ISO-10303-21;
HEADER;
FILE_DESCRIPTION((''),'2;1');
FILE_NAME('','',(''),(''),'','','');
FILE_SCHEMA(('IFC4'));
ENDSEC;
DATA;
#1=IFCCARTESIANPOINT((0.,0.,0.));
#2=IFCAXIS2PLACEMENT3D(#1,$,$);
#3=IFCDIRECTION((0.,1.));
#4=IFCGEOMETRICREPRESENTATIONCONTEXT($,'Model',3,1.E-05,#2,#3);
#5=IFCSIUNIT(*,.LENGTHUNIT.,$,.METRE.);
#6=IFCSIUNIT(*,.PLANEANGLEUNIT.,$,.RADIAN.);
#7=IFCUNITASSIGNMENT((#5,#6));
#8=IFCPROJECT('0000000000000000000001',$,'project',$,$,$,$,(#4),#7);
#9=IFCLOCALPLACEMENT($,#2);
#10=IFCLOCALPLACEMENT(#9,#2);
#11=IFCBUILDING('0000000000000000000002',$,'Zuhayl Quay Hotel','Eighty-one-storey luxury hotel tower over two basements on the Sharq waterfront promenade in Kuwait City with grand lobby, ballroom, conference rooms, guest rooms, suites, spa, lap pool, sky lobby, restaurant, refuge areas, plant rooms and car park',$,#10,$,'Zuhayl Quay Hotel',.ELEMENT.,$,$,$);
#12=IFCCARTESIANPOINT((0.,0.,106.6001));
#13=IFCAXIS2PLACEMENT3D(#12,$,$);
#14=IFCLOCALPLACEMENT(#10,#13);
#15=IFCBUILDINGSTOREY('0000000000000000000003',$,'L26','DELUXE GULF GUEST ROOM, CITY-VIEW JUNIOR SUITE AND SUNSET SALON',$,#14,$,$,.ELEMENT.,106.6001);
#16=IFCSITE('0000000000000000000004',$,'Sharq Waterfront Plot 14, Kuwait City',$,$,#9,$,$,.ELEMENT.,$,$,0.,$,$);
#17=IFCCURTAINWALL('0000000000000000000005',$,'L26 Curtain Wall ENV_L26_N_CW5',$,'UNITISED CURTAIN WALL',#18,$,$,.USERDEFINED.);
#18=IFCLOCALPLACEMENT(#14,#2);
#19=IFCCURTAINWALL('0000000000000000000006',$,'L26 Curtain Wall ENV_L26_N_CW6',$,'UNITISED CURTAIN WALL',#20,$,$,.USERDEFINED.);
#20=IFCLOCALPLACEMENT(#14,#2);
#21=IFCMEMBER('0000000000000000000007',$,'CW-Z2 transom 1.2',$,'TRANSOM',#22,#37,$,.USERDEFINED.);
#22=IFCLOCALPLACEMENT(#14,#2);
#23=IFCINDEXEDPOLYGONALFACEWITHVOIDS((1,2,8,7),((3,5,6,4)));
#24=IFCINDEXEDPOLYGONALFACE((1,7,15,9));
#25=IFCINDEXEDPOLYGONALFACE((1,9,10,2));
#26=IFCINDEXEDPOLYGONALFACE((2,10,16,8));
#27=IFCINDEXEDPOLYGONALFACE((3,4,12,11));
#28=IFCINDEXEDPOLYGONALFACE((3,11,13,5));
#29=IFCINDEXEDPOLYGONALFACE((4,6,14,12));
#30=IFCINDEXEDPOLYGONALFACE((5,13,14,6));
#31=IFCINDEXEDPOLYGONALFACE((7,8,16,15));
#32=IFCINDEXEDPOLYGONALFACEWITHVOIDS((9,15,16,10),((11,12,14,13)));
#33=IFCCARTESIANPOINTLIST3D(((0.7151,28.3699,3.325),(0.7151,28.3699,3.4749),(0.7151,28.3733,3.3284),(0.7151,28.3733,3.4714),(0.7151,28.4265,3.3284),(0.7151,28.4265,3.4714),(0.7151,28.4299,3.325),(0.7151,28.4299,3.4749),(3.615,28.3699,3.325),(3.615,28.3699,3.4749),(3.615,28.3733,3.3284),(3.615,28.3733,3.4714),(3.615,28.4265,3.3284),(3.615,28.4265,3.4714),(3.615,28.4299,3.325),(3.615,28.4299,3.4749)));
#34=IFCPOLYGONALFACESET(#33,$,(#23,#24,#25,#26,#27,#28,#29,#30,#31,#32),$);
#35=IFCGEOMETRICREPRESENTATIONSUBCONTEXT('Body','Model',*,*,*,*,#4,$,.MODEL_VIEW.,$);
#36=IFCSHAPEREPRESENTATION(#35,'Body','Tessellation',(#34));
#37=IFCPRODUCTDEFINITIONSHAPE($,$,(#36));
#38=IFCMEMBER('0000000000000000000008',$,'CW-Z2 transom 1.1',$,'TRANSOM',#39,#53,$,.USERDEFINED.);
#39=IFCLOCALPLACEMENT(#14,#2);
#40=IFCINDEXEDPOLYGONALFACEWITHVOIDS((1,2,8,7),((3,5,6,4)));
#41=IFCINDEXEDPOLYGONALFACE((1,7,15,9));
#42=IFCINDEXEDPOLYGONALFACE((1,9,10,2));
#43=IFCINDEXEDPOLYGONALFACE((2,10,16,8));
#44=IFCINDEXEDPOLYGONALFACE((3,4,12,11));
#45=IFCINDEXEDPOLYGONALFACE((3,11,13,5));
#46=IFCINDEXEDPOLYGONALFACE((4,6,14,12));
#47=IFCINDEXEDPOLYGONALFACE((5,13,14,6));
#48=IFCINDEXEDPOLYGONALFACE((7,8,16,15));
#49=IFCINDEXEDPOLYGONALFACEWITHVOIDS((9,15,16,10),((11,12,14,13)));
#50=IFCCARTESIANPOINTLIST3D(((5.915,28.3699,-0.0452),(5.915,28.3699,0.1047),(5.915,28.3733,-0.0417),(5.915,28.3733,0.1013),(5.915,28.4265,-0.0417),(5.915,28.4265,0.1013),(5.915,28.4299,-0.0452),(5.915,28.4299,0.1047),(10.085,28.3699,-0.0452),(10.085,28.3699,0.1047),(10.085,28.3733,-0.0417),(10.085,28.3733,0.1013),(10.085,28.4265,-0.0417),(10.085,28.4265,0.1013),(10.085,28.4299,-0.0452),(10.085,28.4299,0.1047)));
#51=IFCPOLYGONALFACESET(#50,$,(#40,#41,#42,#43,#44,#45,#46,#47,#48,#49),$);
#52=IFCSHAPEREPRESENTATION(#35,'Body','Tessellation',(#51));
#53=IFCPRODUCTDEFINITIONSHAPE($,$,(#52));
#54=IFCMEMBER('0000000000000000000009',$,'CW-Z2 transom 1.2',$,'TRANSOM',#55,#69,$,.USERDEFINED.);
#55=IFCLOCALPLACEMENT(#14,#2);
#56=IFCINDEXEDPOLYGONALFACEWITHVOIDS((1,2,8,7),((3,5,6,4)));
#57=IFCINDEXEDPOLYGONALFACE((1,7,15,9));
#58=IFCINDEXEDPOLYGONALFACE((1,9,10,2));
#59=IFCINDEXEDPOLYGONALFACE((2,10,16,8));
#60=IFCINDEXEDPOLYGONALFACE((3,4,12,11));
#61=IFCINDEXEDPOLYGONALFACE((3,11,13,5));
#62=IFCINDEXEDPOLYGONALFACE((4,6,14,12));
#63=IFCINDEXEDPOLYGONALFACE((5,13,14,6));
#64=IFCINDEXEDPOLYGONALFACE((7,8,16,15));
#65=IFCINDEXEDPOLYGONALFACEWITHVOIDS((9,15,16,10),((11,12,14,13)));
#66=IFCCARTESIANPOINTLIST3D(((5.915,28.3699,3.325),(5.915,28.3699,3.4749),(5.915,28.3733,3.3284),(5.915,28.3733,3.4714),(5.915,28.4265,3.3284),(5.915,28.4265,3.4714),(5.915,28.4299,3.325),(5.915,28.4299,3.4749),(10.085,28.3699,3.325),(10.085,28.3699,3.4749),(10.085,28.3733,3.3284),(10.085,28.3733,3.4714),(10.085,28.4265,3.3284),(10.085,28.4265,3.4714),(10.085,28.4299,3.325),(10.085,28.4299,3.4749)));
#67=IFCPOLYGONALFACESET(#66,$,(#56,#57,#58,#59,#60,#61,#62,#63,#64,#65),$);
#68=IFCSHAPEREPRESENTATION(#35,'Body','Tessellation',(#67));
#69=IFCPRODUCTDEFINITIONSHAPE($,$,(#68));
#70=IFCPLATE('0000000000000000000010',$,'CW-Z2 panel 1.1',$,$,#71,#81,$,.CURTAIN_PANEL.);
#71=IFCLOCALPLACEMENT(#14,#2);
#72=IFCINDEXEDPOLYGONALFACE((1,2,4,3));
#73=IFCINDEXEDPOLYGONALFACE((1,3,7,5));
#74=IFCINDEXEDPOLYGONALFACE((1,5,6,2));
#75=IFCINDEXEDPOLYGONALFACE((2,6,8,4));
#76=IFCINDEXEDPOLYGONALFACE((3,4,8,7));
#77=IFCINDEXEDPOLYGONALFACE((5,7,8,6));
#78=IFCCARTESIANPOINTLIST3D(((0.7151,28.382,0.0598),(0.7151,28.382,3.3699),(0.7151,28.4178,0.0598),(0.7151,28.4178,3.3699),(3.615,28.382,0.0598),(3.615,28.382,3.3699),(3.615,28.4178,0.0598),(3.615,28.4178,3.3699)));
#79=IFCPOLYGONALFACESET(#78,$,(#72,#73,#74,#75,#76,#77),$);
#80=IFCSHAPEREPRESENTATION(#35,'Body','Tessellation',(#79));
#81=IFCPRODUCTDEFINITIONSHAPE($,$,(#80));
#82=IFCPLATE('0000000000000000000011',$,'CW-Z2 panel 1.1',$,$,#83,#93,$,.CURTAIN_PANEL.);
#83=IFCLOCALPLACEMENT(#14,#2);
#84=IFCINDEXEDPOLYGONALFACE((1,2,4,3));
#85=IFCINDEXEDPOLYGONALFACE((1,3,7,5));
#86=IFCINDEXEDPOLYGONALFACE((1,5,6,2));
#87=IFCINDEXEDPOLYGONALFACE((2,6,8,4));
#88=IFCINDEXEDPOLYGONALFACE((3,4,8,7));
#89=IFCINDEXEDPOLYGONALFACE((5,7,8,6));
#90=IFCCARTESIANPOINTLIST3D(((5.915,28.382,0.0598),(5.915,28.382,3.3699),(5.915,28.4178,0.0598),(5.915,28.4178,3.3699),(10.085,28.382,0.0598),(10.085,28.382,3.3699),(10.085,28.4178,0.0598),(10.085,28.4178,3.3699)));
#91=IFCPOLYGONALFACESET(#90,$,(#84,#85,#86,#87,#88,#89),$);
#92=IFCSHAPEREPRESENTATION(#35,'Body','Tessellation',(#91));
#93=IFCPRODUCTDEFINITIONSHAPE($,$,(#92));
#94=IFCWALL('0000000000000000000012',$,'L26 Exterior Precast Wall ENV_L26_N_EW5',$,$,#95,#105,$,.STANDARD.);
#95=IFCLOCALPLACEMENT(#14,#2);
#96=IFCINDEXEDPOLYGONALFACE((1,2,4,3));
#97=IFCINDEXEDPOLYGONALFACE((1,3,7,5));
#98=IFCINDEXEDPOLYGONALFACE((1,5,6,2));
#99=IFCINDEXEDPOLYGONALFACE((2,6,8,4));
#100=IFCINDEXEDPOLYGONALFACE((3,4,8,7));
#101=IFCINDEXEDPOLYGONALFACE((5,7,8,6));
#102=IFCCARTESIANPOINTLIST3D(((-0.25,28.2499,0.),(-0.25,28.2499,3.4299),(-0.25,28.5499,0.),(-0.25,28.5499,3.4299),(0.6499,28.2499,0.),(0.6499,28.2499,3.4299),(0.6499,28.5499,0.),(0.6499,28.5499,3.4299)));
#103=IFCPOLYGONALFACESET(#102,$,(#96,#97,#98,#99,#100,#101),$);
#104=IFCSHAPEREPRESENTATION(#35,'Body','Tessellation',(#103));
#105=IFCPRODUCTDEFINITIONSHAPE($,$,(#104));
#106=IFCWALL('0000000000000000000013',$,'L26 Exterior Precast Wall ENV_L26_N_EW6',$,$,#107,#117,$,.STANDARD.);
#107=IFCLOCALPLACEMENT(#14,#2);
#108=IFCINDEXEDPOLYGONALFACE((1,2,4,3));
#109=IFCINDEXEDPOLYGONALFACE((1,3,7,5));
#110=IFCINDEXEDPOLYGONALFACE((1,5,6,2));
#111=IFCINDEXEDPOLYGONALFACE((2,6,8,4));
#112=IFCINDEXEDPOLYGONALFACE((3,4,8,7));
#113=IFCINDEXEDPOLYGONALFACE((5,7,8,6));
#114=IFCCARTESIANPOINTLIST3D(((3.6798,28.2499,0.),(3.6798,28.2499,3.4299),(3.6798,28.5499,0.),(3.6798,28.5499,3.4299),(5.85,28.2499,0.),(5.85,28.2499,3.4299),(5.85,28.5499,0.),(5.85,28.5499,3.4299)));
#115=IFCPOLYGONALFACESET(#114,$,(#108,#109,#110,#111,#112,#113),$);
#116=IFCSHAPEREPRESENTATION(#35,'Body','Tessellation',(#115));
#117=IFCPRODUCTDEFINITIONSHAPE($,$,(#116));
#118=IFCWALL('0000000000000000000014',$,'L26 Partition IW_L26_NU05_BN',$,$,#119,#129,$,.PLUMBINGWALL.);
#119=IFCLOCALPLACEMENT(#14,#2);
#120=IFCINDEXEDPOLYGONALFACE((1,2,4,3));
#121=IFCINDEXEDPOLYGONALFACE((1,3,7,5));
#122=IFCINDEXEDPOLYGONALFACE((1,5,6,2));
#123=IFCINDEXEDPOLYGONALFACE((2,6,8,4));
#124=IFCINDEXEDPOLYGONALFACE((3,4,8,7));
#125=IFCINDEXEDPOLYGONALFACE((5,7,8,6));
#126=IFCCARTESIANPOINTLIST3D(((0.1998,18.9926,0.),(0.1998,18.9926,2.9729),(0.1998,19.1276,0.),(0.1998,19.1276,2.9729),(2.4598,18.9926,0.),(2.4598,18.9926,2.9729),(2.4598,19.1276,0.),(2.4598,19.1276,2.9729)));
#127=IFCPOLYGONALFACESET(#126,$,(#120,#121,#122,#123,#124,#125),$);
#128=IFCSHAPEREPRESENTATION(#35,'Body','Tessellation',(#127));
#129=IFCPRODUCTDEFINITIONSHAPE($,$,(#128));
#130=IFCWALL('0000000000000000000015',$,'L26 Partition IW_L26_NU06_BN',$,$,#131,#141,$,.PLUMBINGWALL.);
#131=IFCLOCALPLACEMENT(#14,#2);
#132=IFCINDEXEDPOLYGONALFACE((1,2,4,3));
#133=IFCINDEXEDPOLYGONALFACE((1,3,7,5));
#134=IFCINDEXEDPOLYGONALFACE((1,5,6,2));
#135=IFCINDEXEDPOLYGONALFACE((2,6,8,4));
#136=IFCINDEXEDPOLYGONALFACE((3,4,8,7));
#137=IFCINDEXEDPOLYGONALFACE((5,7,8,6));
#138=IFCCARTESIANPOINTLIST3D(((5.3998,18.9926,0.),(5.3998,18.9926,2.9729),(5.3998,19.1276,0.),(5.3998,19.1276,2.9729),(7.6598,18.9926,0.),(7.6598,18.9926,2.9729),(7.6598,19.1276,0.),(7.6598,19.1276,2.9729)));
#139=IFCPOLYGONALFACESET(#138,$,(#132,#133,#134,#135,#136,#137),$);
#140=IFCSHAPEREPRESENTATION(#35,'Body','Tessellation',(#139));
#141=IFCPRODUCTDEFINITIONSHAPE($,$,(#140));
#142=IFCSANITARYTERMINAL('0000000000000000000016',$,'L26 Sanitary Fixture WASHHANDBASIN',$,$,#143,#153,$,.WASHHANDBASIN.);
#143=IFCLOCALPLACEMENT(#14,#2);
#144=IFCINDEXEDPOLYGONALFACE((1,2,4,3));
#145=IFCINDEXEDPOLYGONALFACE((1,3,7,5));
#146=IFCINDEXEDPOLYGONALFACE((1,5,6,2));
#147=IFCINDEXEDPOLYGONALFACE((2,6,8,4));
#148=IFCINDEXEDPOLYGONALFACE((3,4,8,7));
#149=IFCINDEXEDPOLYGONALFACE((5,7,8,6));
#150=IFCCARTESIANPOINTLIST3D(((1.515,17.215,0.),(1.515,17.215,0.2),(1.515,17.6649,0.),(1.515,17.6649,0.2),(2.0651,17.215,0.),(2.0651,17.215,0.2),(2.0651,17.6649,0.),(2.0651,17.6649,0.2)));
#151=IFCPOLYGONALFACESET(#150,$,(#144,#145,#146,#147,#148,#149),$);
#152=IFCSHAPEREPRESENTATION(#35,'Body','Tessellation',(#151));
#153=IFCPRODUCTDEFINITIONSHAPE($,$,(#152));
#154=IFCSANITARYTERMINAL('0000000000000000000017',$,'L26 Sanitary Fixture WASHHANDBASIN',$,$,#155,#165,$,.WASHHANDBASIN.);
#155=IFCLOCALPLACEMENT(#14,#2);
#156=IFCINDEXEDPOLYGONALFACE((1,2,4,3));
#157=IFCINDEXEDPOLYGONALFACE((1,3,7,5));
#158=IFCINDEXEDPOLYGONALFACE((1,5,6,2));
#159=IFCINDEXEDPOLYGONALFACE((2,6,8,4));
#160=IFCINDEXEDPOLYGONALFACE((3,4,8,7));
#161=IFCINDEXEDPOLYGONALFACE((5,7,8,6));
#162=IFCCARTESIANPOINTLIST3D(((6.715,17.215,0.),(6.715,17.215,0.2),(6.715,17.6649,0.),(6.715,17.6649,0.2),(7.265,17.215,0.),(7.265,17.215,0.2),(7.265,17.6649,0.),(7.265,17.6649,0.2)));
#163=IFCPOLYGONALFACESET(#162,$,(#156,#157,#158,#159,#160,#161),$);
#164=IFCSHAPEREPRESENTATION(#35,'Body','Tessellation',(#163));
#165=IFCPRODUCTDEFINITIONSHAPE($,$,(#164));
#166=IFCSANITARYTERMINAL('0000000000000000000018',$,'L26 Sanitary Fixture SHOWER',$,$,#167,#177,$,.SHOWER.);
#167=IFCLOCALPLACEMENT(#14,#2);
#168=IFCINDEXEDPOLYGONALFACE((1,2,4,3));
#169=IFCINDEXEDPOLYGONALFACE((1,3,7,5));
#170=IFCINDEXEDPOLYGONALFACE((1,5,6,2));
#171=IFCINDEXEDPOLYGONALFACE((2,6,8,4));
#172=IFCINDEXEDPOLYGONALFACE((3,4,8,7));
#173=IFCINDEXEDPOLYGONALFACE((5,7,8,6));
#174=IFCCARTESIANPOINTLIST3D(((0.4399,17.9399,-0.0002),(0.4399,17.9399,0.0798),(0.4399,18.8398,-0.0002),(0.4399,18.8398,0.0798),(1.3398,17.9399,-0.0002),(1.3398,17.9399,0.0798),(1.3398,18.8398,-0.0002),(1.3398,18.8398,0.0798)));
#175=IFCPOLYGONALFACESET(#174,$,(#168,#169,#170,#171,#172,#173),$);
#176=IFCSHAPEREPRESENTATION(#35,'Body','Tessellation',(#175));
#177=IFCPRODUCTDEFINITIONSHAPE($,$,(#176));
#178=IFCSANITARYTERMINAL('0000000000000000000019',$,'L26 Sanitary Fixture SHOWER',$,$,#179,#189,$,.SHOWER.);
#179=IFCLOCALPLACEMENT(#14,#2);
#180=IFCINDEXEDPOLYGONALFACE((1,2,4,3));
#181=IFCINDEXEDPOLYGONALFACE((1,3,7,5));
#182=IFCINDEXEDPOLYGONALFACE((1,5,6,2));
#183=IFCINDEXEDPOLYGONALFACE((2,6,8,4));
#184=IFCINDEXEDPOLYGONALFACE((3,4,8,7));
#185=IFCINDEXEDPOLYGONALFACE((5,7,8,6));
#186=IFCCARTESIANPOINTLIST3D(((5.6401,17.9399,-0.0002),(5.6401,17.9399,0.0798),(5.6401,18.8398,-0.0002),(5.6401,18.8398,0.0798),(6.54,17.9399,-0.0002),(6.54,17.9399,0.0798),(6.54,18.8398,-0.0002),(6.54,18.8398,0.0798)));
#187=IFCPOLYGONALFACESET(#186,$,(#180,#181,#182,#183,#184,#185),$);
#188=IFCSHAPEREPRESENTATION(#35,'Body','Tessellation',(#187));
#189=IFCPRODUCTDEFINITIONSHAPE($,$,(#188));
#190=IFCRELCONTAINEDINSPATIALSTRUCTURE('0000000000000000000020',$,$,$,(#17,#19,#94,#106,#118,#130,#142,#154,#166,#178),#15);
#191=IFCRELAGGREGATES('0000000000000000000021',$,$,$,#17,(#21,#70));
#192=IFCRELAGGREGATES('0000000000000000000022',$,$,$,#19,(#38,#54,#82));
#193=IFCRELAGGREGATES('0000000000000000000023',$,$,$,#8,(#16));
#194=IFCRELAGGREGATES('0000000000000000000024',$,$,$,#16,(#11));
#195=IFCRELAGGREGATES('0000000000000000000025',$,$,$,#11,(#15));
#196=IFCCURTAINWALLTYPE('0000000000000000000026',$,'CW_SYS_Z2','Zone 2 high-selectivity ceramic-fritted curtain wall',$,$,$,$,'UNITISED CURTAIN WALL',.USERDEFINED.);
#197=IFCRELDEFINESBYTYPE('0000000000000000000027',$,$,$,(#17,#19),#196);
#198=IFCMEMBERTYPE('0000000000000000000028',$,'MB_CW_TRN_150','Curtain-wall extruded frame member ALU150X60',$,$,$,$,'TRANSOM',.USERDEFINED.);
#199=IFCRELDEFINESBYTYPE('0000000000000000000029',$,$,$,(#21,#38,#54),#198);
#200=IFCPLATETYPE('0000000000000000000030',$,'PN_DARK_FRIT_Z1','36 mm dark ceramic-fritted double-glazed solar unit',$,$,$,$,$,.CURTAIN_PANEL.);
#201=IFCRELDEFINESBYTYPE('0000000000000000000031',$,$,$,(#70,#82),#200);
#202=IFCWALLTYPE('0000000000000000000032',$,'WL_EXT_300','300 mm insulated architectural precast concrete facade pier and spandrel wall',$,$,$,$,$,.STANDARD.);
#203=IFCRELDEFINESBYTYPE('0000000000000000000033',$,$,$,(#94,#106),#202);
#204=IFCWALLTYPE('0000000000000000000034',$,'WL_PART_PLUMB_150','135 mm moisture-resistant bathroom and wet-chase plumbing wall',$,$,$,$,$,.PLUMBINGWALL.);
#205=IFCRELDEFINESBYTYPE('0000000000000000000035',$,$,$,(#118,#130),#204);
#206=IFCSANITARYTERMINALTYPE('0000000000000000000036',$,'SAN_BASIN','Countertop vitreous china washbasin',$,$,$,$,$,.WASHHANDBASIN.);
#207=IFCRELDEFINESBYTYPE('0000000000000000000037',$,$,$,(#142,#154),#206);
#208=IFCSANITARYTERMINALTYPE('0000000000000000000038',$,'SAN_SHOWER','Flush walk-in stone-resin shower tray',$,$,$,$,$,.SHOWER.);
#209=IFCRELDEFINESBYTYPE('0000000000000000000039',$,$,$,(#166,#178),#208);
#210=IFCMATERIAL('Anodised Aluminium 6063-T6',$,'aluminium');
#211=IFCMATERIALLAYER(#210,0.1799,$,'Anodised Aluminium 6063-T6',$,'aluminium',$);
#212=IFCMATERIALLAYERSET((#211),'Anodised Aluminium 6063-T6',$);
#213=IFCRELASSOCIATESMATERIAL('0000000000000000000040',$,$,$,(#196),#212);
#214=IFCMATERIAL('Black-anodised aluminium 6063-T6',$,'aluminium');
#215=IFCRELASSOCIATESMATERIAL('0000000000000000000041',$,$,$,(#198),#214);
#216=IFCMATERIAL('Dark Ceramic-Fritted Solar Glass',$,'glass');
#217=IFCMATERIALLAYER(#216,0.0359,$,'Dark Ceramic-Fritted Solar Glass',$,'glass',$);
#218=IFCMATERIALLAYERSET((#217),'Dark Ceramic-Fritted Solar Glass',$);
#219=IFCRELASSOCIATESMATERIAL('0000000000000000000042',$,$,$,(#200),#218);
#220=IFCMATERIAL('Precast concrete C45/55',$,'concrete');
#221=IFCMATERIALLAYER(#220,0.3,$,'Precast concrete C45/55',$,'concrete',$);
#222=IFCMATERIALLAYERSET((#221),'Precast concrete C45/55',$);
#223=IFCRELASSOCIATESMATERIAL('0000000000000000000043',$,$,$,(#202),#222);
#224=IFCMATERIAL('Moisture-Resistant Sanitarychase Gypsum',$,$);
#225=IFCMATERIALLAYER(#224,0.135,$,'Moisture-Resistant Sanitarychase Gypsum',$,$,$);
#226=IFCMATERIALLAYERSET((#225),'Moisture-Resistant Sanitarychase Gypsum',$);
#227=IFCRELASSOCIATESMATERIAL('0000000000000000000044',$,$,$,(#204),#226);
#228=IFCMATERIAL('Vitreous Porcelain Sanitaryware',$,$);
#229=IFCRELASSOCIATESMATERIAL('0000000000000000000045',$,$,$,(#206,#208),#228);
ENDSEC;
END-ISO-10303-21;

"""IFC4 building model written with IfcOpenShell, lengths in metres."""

from ifc_helpers import new_model, si_unit, direction, frame, frame_2d, origin, origin_2d, place, context, subcontext, project, spatial, rectangle, hollow_rectangle, extrude, material, layer, layer_set, material_profile, profile_set, type_object, element, aggregate, save


model = new_model("IFC4")

# Units and contexts
model_context = context("Model", 3, precision=1e-05, world=origin(), true_north=direction((0.0, 1.0)))
body_context = subcontext(model_context, "Body", "Model", "MODEL_VIEW")
ifc_project = project(units=[si_unit("LENGTHUNIT", "METRE"), si_unit("PLANEANGLEUNIT", "RADIAN")], contexts=[model_context])

# Site, building, storey
site_placement = place(None, origin())
site = spatial("IfcSite", under=ifc_project, at=site_placement, Name="Sharq Waterfront Plot 14, Kuwait City", CompositionType="ELEMENT", RefElevation=0.0)
building_placement = place(site_placement, origin())
building = spatial("IfcBuilding", under=site, at=building_placement, Name="Zuhayl Quay Hotel", Description="Eighty-one-storey luxury hotel tower over two basements on the Sharq waterfront promenade in Kuwait City with grand lobby, ballroom, conference rooms, guest rooms, suites, spa, lap pool, sky lobby, restaurant, refuge areas, plant rooms and car park", LongName="Zuhayl Quay Hotel", CompositionType="ELEMENT")
storey_placement = place(building_placement, frame((0.0, 0.0, 106.6001)))
storey = spatial("IfcBuildingStorey", under=building, at=storey_placement, Name="L26", Description="DELUXE GULF GUEST ROOM, CITY-VIEW JUNIOR SUITE AND SUNSET SALON", CompositionType="ELEMENT", Elevation=106.6001)

# Shared definitions
ifc_material_1 = material(Name="Anodised Aluminium 6063-T6", Category="aluminium")
ifc_layer_1 = layer(ifc_material_1, 0.1799, Name="Anodised Aluminium 6063-T6", Category="aluminium")
ifc_layer_set_1 = layer_set([ifc_layer_1], Name="Anodised Aluminium 6063-T6")
curtain_wall_type = type_object("IfcCurtainWallType", Name="CW_SYS_Z2", Description="Zone 2 high-selectivity ceramic-fritted curtain wall", ElementType="UNITISED CURTAIN WALL", PredefinedType="USERDEFINED", material=ifc_layer_set_1)
ifc_material_2 = material(Name="Black-anodised aluminium 6063-T6", Category="aluminium")

# Curtain wall
curtain_wall_1_placement = place(storey_placement, origin())
curtain_wall_1 = element("IfcCurtainWall", 1, at=curtain_wall_1_placement, inside=storey, type_object=curtain_wall_type, Name="L26 Curtain Wall ENV_L26_N_CW5", ObjectType="UNITISED CURTAIN WALL", PredefinedType="USERDEFINED")

# Curtain wall
curtain_wall_2_placement = place(storey_placement, origin())
curtain_wall_2 = element("IfcCurtainWall", 2, at=curtain_wall_2_placement, inside=storey, type_object=curtain_wall_type, Name="L26 Curtain Wall ENV_L26_N_CW6", ObjectType="UNITISED CURTAIN WALL", PredefinedType="USERDEFINED")

# Members
ifc_material_profile_1 = material_profile(ifc_material_2, hollow_rectangle(XDim=0.0601, YDim=0.1499, WallThickness=0.0034, at=origin_2d()), Name="ALU150X60")
ifc_profile_set_1 = profile_set([ifc_material_profile_1], Name="Black-anodised aluminium 6063-T6")
member_type_1 = type_object("IfcMemberType", Name="MB_CW_TRN_150", Description="Curtain-wall extruded frame member ALU150X60", ElementType="TRANSOM", PredefinedType="USERDEFINED", material=ifc_profile_set_1)
member_1_placement = place(storey_placement, frame((0.7151, 28.3999, 3.3999), z_axis=(1.0, 0.0, 0.0), x_axis=(0.0, 1.0, 0.0)))
member_1 = element("IfcMember", 3, at=member_1_placement, type_object=member_type_1, Name="CW-Z2 transom 1.2", ObjectType="TRANSOM", PredefinedType="USERDEFINED", context=body_context, shape_type="SweptSolid", body=[
    extrude(hollow_rectangle(XDim=0.0601, YDim=0.1499, WallThickness=0.0034, at=origin_2d()), origin(), (0.0, 0.0, 1.0), 2.8999),
])
member_2_placement = place(storey_placement, frame((5.915, 28.3999, 0.0298), z_axis=(1.0, 0.0, 0.0), x_axis=(0.0, 1.0, 0.0)))
member_2 = element("IfcMember", 4, at=member_2_placement, type_object=member_type_1, Name="CW-Z2 transom 1.1", ObjectType="TRANSOM", PredefinedType="USERDEFINED", context=body_context, shape_type="SweptSolid", body=[
    extrude(hollow_rectangle(XDim=0.0601, YDim=0.1499, WallThickness=0.0034, at=origin_2d()), origin(), (0.0, 0.0, 1.0), 4.1699),
])
member_3_placement = place(storey_placement, frame((5.915, 28.3999, 3.3999), z_axis=(1.0, 0.0, 0.0), x_axis=(0.0, 1.0, 0.0)))
member_3 = element("IfcMember", 5, at=member_3_placement, type_object=member_type_1, Name="CW-Z2 transom 1.2", ObjectType="TRANSOM", PredefinedType="USERDEFINED", context=body_context, shape_type="SweptSolid", body=[
    extrude(hollow_rectangle(XDim=0.0601, YDim=0.1499, WallThickness=0.0034, at=origin_2d()), origin(), (0.0, 0.0, 1.0), 4.1699),
])

# Plates
ifc_material_3 = material(Name="Dark Ceramic-Fritted Solar Glass", Category="glass")
ifc_layer_2 = layer(ifc_material_3, 0.0359, Name="Dark Ceramic-Fritted Solar Glass", Category="glass")
ifc_layer_set_2 = layer_set([ifc_layer_2], Name="Dark Ceramic-Fritted Solar Glass")
plate_type = type_object("IfcPlateType", Name="PN_DARK_FRIT_Z1", Description="36 mm dark ceramic-fritted double-glazed solar unit", PredefinedType="CURTAIN_PANEL", material=ifc_layer_set_2)
plate_1_placement = place(storey_placement, frame((2.165, 28.3999, 0.0598), z_axis=(0.0, 0.0, 1.0), x_axis=(1.0, 0.0, 0.0)))
plate_1 = element("IfcPlate", 6, at=plate_1_placement, type_object=plate_type, Name="CW-Z2 panel 1.1", PredefinedType="CURTAIN_PANEL", context=body_context, shape_type="SweptSolid", body=[
    extrude(rectangle(XDim=2.8999, YDim=0.0359, at=origin_2d()), origin(), (0.0, 0.0, 1.0), 3.3101),
])
aggregate(curtain_wall_1, [member_1, plate_1])
plate_2_placement = place(storey_placement, frame((8.0, 28.3999, 0.0598), z_axis=(0.0, 0.0, 1.0), x_axis=(1.0, 0.0, 0.0)))
plate_2 = element("IfcPlate", 7, at=plate_2_placement, type_object=plate_type, Name="CW-Z2 panel 1.1", PredefinedType="CURTAIN_PANEL", context=body_context, shape_type="SweptSolid", body=[
    extrude(rectangle(XDim=4.1699, YDim=0.0359, at=origin_2d()), origin(), (0.0, 0.0, 1.0), 3.3101),
])
aggregate(curtain_wall_2, [member_2, member_3, plate_2])

# Walls
ifc_material_4 = material(Name="Precast concrete C45/55", Category="concrete")
ifc_layer_3 = layer(ifc_material_4, 0.3, Name="Precast concrete C45/55", Category="concrete")
ifc_layer_set_3 = layer_set([ifc_layer_3], Name="Precast concrete C45/55")
wall_type_1 = type_object("IfcWallType", Name="WL_EXT_300", Description="300 mm insulated architectural precast concrete facade pier and spandrel wall", PredefinedType="STANDARD", material=ifc_layer_set_3)
wall_1_placement = place(storey_placement, frame((-0.25, 28.3999, 0.0), z_axis=(0.0, 0.0, 1.0), x_axis=(1.0, 0.0, 0.0)))
element("IfcWall", 8, at=wall_1_placement, inside=storey, type_object=wall_type_1, Name="L26 Exterior Precast Wall ENV_L26_N_EW5", PredefinedType="STANDARD", context=body_context, shape_type="SweptSolid", body=[
    extrude(rectangle(XDim=0.8999, YDim=0.3, at=frame_2d((0.45, 0.0))), origin(), (0.0, 0.0, 1.0), 3.4299),
])
wall_2_placement = place(storey_placement, frame((3.6799, 28.3999, 0.0), z_axis=(0.0, 0.0, 1.0), x_axis=(1.0, 0.0, 0.0)))
element("IfcWall", 9, at=wall_2_placement, inside=storey, type_object=wall_type_1, Name="L26 Exterior Precast Wall ENV_L26_N_EW6", PredefinedType="STANDARD", context=body_context, shape_type="SweptSolid", body=[
    extrude(rectangle(XDim=2.1702, YDim=0.3, at=frame_2d((1.085, 0.0))), origin(), (0.0, 0.0, 1.0), 3.4299),
])
ifc_material_5 = material(Name="Moisture-Resistant Sanitarychase Gypsum")
ifc_layer_4 = layer(ifc_material_5, 0.135, Name="Moisture-Resistant Sanitarychase Gypsum")
ifc_layer_set_4 = layer_set([ifc_layer_4], Name="Moisture-Resistant Sanitarychase Gypsum")
wall_type_2 = type_object("IfcWallType", Name="WL_PART_PLUMB_150", Description="135 mm moisture-resistant bathroom and wet-chase plumbing wall", PredefinedType="PLUMBINGWALL", material=ifc_layer_set_4)
for number, where, z_axis, x_axis, name in (
    (10, (0.2, 19.0601, 0.0), (0.0, 0.0, 1.0), (1.0, 0.0, 0.0), "L26 Partition IW_L26_NU05_BN"),
    (11, (5.3999, 19.0601, 0.0), (0.0, 0.0, 1.0), (1.0, 0.0, 0.0), "L26 Partition IW_L26_NU06_BN"),
):
    element("IfcWall", number, at=place(storey_placement, frame(where, z_axis=z_axis, x_axis=x_axis)), inside=storey, type_object=wall_type_2, Name=name, PredefinedType="PLUMBINGWALL", context=body_context, shape_type="SweptSolid", body=[
        extrude(rectangle(XDim=2.26, YDim=0.135, at=frame_2d((1.1299, 0.0))), origin(), (0.0, 0.0, 1.0), 2.9729),
    ])

# Sanitary terminals
ifc_material_6 = material(Name="Vitreous Porcelain Sanitaryware")
sanitary_terminal_type_1 = type_object("IfcSanitaryTerminalType", Name="SAN_BASIN", Description="Countertop vitreous china washbasin", PredefinedType="WASHHANDBASIN", material=ifc_material_6)
for number, where, z_axis, x_axis, name in (
    (12, (1.79, 17.4399, 0.0), (0.0, 0.0, 1.0), (1.0, 0.0, 0.0), "L26 Sanitary Fixture WASHHANDBASIN"),
    (13, (6.99, 17.4399, 0.0), (0.0, 0.0, 1.0), (1.0, 0.0, 0.0), "L26 Sanitary Fixture WASHHANDBASIN"),
):
    element("IfcSanitaryTerminal", number, at=place(storey_placement, frame(where, z_axis=z_axis, x_axis=x_axis)), inside=storey, type_object=sanitary_terminal_type_1, Name=name, PredefinedType="WASHHANDBASIN", context=body_context, shape_type="SweptSolid", body=[
        extrude(rectangle(XDim=0.55, YDim=0.45, at=origin_2d()), origin(), (0.0, 0.0, 1.0), 0.2),
    ])
sanitary_terminal_type_2 = type_object("IfcSanitaryTerminalType", Name="SAN_SHOWER", Description="Flush walk-in stone-resin shower tray", PredefinedType="SHOWER", material=ifc_material_6)
for number, where, z_axis, x_axis, name in (
    (14, (0.8899, 18.3899, -0.0002), (0.0, 0.0, 1.0), (1.0, 0.0, 0.0), "L26 Sanitary Fixture SHOWER"),
    (15, (6.0901, 18.3899, -0.0002), (0.0, 0.0, 1.0), (1.0, 0.0, 0.0), "L26 Sanitary Fixture SHOWER"),
):
    element("IfcSanitaryTerminal", number, at=place(storey_placement, frame(where, z_axis=z_axis, x_axis=x_axis)), inside=storey, type_object=sanitary_terminal_type_2, Name=name, PredefinedType="SHOWER", context=body_context, shape_type="SweptSolid", body=[
        extrude(rectangle(XDim=0.8999, YDim=0.8999, at=origin_2d()), origin(), (0.0, 0.0, 1.0), 0.0801),
    ])

save(model, "model.ifc")
